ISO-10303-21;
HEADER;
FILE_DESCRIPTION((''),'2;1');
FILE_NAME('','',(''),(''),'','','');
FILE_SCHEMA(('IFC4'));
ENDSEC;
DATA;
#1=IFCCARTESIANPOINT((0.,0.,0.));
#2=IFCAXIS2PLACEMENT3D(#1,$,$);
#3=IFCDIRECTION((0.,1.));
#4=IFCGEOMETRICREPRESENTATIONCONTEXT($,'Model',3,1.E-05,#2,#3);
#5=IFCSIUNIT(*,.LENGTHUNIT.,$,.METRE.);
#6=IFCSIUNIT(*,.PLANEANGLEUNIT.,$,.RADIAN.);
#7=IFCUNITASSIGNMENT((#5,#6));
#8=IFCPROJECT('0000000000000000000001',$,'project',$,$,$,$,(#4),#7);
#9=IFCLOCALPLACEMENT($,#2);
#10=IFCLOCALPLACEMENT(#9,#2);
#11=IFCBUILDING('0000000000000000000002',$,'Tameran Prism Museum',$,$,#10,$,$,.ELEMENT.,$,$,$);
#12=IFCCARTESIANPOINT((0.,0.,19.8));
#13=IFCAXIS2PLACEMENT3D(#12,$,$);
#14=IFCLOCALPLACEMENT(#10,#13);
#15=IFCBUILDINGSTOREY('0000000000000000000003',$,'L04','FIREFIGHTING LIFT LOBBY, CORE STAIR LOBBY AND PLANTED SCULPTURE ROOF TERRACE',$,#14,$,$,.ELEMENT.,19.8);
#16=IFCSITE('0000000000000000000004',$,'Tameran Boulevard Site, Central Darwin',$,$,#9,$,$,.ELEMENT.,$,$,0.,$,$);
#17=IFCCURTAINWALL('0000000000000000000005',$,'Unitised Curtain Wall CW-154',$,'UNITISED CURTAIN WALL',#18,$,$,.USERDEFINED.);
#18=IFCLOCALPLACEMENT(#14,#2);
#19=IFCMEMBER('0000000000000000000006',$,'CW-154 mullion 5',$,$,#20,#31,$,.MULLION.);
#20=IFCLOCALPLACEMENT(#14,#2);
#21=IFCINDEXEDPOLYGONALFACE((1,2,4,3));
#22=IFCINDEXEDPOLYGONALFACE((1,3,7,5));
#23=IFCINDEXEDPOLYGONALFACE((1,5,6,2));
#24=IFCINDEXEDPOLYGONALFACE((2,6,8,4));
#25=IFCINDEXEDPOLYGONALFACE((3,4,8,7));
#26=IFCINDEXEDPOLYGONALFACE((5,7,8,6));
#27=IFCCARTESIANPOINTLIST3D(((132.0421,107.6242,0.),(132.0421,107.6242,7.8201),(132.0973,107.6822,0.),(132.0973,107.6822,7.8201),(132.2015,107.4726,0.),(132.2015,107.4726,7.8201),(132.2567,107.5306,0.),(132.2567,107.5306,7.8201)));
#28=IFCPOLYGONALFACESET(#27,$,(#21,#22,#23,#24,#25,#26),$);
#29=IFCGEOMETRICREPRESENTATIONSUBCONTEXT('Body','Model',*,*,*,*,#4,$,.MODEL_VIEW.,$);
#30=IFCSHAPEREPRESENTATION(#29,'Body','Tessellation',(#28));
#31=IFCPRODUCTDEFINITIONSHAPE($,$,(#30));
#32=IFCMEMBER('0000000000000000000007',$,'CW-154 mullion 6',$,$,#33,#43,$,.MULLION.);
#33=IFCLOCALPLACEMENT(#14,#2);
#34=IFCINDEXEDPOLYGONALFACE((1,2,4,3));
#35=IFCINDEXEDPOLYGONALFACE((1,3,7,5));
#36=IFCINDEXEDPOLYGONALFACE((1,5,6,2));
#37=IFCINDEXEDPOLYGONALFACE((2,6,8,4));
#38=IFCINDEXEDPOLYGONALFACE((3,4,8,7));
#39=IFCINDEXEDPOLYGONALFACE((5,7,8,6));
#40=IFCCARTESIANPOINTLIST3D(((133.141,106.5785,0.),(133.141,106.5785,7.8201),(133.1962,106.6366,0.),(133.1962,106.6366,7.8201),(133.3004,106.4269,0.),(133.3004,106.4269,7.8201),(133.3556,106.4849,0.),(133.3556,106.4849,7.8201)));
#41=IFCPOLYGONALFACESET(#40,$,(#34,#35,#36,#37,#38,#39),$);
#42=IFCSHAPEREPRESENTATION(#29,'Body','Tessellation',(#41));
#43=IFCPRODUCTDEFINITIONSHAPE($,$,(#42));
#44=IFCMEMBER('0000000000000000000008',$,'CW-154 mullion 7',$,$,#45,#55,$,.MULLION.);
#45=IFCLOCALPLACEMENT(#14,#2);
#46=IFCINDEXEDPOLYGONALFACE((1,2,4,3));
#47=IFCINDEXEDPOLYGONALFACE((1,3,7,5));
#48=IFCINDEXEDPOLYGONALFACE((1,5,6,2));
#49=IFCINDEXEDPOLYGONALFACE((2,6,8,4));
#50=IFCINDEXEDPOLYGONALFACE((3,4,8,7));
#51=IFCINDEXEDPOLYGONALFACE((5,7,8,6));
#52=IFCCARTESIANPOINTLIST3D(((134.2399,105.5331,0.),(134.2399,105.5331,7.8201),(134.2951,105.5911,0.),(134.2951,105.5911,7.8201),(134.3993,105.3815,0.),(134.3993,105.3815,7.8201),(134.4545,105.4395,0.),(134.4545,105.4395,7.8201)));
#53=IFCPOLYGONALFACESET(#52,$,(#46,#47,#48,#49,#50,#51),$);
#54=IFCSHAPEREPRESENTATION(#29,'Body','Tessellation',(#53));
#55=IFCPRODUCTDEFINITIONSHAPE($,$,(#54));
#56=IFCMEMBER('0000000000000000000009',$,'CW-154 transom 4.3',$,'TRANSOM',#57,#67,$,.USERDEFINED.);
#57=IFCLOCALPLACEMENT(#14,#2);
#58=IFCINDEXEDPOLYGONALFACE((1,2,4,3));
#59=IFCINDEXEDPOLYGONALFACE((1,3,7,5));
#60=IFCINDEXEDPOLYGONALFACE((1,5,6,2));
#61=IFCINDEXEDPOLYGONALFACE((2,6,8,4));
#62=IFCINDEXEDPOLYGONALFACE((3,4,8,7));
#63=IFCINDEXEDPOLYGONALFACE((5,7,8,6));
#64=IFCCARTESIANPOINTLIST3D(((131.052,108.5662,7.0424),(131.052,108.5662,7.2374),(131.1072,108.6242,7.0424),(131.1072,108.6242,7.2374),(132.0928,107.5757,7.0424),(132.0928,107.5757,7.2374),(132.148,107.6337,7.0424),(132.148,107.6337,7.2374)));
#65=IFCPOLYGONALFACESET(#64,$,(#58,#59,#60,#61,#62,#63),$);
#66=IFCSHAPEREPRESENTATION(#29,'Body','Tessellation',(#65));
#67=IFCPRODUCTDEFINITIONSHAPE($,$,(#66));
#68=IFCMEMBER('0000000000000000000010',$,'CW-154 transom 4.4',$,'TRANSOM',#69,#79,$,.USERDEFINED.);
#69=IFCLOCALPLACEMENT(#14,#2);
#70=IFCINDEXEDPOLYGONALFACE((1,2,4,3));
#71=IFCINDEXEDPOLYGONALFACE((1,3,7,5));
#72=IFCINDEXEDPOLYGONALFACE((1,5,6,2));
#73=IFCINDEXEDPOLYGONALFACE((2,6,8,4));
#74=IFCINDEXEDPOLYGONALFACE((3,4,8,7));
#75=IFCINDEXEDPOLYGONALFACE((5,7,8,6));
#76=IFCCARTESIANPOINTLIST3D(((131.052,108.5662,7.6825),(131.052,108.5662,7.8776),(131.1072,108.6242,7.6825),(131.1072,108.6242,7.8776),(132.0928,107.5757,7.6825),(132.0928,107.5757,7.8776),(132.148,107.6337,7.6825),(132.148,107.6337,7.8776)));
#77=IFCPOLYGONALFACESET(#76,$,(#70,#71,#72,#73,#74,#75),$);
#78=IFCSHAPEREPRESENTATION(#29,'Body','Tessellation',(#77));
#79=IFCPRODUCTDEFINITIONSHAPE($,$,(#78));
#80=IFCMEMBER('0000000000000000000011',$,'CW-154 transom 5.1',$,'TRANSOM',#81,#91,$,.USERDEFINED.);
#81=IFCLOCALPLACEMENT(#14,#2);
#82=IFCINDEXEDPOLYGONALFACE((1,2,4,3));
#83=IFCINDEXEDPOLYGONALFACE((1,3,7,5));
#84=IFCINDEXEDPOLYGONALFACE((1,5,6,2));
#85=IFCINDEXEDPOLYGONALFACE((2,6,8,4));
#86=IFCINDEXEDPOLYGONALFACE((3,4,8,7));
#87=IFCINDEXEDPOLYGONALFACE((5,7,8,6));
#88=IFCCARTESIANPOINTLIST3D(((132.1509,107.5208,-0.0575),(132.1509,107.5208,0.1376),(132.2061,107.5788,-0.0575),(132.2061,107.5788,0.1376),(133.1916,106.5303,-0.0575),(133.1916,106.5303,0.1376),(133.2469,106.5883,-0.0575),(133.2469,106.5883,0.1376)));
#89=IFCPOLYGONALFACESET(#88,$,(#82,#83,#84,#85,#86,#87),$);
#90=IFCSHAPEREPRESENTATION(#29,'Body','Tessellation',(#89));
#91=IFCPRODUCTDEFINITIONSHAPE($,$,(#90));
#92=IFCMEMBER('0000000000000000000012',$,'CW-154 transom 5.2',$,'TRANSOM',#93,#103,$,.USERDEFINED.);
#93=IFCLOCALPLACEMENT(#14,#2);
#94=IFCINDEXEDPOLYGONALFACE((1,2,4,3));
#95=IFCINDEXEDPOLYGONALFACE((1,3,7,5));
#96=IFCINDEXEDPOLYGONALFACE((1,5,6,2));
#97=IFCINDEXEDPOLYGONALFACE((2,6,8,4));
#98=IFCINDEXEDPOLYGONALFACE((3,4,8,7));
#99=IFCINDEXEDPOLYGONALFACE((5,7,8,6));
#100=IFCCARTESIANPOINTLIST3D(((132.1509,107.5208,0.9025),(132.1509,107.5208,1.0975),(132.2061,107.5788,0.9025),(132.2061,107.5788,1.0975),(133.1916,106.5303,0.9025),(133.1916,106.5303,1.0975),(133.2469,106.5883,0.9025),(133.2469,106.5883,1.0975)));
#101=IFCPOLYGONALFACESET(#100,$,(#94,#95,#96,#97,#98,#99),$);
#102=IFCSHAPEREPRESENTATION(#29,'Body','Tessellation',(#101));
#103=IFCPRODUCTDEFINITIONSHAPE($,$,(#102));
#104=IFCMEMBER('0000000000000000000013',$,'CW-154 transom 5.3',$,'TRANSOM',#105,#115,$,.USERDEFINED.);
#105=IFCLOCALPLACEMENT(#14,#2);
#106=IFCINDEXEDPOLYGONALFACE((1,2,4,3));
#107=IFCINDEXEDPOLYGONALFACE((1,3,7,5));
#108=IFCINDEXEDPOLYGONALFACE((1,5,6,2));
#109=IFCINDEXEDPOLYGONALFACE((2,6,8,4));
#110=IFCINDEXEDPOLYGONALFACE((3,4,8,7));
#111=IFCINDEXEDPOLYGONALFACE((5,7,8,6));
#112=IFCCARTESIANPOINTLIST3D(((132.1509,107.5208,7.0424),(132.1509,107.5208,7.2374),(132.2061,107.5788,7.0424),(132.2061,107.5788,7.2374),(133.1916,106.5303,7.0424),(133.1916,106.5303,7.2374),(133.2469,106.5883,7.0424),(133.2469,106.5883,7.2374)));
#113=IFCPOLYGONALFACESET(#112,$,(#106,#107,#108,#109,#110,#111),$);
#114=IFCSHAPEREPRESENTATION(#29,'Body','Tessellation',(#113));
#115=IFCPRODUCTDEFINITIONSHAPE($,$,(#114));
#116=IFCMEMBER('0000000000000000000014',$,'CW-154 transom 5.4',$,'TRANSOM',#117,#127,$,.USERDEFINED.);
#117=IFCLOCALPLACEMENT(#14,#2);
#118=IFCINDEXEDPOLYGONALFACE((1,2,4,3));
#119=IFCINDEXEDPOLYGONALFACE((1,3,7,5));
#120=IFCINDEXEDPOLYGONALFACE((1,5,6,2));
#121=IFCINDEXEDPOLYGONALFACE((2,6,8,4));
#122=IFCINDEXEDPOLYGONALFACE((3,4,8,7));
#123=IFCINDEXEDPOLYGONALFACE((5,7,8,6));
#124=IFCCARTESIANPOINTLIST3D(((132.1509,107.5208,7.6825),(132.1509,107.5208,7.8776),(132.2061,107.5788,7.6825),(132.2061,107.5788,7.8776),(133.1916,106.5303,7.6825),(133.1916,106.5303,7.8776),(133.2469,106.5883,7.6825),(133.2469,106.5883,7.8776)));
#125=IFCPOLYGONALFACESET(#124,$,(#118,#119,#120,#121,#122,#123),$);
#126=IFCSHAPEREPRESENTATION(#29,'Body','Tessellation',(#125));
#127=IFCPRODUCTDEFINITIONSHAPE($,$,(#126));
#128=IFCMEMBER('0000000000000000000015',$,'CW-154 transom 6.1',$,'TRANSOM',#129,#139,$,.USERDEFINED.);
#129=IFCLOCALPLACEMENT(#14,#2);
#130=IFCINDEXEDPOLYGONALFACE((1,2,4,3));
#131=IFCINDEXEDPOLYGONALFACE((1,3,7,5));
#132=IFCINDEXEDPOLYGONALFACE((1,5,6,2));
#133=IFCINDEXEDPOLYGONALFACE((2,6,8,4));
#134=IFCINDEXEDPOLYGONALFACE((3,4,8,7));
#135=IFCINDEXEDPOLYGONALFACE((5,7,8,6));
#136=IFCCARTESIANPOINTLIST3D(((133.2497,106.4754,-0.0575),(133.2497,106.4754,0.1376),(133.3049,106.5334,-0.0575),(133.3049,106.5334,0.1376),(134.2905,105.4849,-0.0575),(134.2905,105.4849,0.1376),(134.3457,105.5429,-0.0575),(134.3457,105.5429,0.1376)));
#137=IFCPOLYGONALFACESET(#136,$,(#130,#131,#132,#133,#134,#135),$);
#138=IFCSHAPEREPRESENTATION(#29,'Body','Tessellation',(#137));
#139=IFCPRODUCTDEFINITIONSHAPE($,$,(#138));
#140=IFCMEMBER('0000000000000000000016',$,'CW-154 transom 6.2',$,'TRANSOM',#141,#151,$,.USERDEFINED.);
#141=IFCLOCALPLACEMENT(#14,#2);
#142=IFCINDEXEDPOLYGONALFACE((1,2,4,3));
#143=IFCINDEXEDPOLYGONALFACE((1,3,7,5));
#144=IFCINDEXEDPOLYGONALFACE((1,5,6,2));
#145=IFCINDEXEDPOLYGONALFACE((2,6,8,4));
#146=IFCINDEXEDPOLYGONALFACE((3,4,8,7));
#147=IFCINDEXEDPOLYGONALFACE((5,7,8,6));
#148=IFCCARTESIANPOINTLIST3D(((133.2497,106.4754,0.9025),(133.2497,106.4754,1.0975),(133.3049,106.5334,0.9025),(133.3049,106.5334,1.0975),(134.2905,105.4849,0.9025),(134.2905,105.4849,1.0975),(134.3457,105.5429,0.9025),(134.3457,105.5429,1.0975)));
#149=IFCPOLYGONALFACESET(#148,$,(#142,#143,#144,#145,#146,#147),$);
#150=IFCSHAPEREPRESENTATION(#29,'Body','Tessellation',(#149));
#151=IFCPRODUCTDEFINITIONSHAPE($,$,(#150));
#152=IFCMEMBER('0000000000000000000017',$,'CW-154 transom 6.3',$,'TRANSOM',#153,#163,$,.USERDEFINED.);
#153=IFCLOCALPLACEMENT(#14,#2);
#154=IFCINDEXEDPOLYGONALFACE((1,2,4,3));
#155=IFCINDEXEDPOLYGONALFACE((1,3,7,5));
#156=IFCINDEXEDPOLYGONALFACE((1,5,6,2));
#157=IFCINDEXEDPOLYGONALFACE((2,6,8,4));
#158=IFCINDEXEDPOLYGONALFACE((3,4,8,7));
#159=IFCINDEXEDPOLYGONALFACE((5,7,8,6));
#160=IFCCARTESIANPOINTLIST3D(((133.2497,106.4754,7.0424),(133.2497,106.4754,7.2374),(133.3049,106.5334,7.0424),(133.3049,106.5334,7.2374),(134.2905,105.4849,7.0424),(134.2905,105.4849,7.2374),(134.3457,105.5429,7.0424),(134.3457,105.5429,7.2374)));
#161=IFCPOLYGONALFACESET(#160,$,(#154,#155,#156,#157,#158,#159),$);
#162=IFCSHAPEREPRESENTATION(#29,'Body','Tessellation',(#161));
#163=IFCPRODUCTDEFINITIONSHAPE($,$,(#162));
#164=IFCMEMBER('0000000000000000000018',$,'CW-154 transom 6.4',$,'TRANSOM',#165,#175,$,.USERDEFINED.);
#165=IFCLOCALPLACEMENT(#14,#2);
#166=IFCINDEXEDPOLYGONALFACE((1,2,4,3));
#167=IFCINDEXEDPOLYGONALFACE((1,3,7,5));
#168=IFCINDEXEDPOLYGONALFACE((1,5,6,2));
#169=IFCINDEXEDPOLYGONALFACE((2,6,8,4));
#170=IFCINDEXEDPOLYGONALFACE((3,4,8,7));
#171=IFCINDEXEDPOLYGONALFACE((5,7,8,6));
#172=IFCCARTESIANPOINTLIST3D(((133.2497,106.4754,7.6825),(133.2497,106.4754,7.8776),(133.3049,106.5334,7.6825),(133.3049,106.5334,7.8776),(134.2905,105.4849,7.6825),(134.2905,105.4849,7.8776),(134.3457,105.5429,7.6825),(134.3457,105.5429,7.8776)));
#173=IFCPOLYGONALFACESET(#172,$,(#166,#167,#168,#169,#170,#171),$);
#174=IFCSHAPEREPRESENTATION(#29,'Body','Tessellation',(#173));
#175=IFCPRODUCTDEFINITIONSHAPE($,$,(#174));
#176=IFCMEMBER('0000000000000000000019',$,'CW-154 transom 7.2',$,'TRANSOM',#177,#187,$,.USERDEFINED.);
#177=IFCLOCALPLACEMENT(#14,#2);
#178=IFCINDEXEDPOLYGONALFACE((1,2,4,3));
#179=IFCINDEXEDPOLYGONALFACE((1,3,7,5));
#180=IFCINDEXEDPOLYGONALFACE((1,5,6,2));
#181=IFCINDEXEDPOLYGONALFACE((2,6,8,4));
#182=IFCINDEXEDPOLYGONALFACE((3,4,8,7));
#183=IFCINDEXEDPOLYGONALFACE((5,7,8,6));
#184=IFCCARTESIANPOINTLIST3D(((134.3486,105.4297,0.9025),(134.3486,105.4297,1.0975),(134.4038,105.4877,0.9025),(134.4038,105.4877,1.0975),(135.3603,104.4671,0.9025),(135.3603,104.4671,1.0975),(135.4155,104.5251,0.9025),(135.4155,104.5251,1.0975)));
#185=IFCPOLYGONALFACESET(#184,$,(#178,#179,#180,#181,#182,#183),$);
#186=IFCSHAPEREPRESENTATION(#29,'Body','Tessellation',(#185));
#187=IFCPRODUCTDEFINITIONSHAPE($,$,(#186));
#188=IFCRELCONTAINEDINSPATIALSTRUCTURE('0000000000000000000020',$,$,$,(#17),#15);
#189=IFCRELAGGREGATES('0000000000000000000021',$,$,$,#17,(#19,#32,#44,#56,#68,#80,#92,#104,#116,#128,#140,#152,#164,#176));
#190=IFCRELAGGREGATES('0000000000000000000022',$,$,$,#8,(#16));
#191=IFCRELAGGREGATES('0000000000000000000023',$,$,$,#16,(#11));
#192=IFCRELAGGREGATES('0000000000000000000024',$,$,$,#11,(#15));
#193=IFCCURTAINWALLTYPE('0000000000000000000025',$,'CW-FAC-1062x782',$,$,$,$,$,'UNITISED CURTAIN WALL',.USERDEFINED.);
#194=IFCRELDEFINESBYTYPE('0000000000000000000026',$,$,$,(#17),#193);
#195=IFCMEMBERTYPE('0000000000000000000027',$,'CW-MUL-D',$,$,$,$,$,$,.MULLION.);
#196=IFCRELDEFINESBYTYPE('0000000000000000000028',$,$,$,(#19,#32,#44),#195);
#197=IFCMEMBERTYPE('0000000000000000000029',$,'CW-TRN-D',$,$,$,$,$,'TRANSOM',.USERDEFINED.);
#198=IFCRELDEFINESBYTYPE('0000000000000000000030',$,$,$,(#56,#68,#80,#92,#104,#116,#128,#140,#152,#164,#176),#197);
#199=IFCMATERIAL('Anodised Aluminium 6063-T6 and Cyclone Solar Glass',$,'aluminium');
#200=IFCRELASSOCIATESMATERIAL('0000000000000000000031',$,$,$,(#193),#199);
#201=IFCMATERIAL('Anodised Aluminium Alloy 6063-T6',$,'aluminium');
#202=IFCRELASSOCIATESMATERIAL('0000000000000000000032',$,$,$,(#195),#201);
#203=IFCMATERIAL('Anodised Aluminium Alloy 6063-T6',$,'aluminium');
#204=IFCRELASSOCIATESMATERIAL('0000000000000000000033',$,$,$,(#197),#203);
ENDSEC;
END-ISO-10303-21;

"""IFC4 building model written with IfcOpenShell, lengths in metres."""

from ifc_helpers import new_model, si_unit, direction, frame, origin, origin_2d, place, context, subcontext, project, spatial, rectangle, extrude, material, material_profile, profile_set, type_object, element, aggregate, save


model = new_model("IFC4")

# Units and contexts
model_context = context("Model", 3, precision=1e-05, world=origin(), true_north=direction((0.0, 1.0)))
body_context = subcontext(model_context, "Body", "Model", "MODEL_VIEW")
ifc_project = project(units=[si_unit("LENGTHUNIT", "METRE"), si_unit("PLANEANGLEUNIT", "RADIAN")], contexts=[model_context])

# Site, building, storey
site_placement = place(None, origin())
site = spatial("IfcSite", under=ifc_project, at=site_placement, Name="Tameran Boulevard Site, Central Darwin", CompositionType="ELEMENT", RefElevation=0.0)
building_placement = place(site_placement, origin())
building = spatial("IfcBuilding", under=site, at=building_placement, Name="Tameran Prism Museum", CompositionType="ELEMENT")
storey_placement = place(building_placement, frame((0.0, 0.0, 19.8)))
storey = spatial("IfcBuildingStorey", under=building, at=storey_placement, Name="L04", Description="FIREFIGHTING LIFT LOBBY, CORE STAIR LOBBY AND PLANTED SCULPTURE ROOF TERRACE", CompositionType="ELEMENT", Elevation=19.8)

# Curtain wall, members
ifc_material_1 = material(Name="Anodised Aluminium 6063-T6 and Cyclone Solar Glass", Category="aluminium")
curtain_wall_type = type_object("IfcCurtainWallType", Name="CW-FAC-1062x782", ElementType="UNITISED CURTAIN WALL", PredefinedType="USERDEFINED", material=ifc_material_1)
curtain_wall_placement = place(storey_placement, origin())
curtain_wall = element("IfcCurtainWall", 1, at=curtain_wall_placement, inside=storey, type_object=curtain_wall_type, Name="Unitised Curtain Wall CW-154", ObjectType="UNITISED CURTAIN WALL", PredefinedType="USERDEFINED")
ifc_material_2 = material(Name="Anodised Aluminium Alloy 6063-T6", Category="aluminium")
ifc_material_profile_1 = material_profile(ifc_material_2, rectangle(XDim=0.0801, YDim=0.22, at=origin_2d()))
ifc_profile_set_1 = profile_set([ifc_material_profile_1])
member_type_1 = type_object("IfcMemberType", Name="CW-MUL-D", PredefinedType="MULLION", material=ifc_profile_set_1)
member_1_placement = place(storey_placement, frame((132.1494, 107.5774, 0.0), z_axis=(0.0, 0.0, 1.0), x_axis=(0.689274, 0.724501, 0.0)))
member_1 = element("IfcMember", 2, at=member_1_placement, type_object=member_type_1, Name="CW-154 mullion 5", PredefinedType="MULLION", context=body_context, shape_type="SweptSolid", body=[
    extrude(rectangle(XDim=0.0801, YDim=0.22, at=origin_2d()), origin(), (0.0, 0.0, 1.0), 7.8201),
])
member_2_placement = place(storey_placement, frame((133.2483, 106.5317, 0.0), z_axis=(0.0, 0.0, 1.0), x_axis=(0.689274, 0.724501, 0.0)))
member_2 = element("IfcMember", 3, at=member_2_placement, type_object=member_type_1, Name="CW-154 mullion 6", PredefinedType="MULLION", context=body_context, shape_type="SweptSolid", body=[
    extrude(rectangle(XDim=0.0801, YDim=0.22, at=origin_2d()), origin(), (0.0, 0.0, 1.0), 7.8201),
])
member_3_placement = place(storey_placement, frame((134.3472, 105.4863, 0.0), z_axis=(0.0, 0.0, 1.0), x_axis=(0.689274, 0.724501, 0.0)))
member_3 = element("IfcMember", 4, at=member_3_placement, type_object=member_type_1, Name="CW-154 mullion 7", PredefinedType="MULLION", context=body_context, shape_type="SweptSolid", body=[
    extrude(rectangle(XDim=0.0801, YDim=0.22, at=origin_2d()), origin(), (0.0, 0.0, 1.0), 7.8201),
])
ifc_material_3 = material(Name="Anodised Aluminium Alloy 6063-T6", Category="aluminium")
ifc_material_profile_2 = material_profile(ifc_material_3, rectangle(XDim=0.0801, YDim=0.1951, at=origin_2d()))
ifc_profile_set_2 = profile_set([ifc_material_profile_2])
member_type_2 = type_object("IfcMemberType", Name="CW-TRN-D", ElementType="TRANSOM", PredefinedType="USERDEFINED", material=ifc_profile_set_2)
member_4_placement = place(storey_placement, frame((131.0796, 108.5952, 7.1399), z_axis=(0.724392, -0.689388, 0.0), x_axis=(0.689388, 0.724392, 0.0)))
member_4 = element("IfcMember", 5, at=member_4_placement, type_object=member_type_2, Name="CW-154 transom 4.3", ObjectType="TRANSOM", PredefinedType="USERDEFINED", context=body_context, shape_type="SweptSolid", body=[
    extrude(rectangle(XDim=0.0801, YDim=0.1951, at=origin_2d()), origin(), (0.0, 0.0, 1.0), 1.4368),
])
member_5_placement = place(storey_placement, frame((131.0796, 108.5952, 7.78), z_axis=(0.724392, -0.689388, 0.0), x_axis=(0.689388, 0.724392, 0.0)))
member_5 = element("IfcMember", 6, at=member_5_placement, type_object=member_type_2, Name="CW-154 transom 4.4", ObjectType="TRANSOM", PredefinedType="USERDEFINED", context=body_context, shape_type="SweptSolid", body=[
    extrude(rectangle(XDim=0.0801, YDim=0.1951, at=origin_2d()), origin(), (0.0, 0.0, 1.0), 1.4368),
])
member_6_placement = place(storey_placement, frame((132.1785, 107.5498, 0.04), z_axis=(0.724392, -0.689388, 0.0), x_axis=(0.689388, 0.724392, 0.0)))
member_6 = element("IfcMember", 7, at=member_6_placement, type_object=member_type_2, Name="CW-154 transom 5.1", ObjectType="TRANSOM", PredefinedType="USERDEFINED", context=body_context, shape_type="SweptSolid", body=[
    extrude(rectangle(XDim=0.0801, YDim=0.1951, at=origin_2d()), origin(), (0.0, 0.0, 1.0), 1.4368),
])
member_7_placement = place(storey_placement, frame((132.1785, 107.5498, 1.0), z_axis=(0.724392, -0.689388, 0.0), x_axis=(0.689388, 0.724392, 0.0)))
member_7 = element("IfcMember", 8, at=member_7_placement, type_object=member_type_2, Name="CW-154 transom 5.2", ObjectType="TRANSOM", PredefinedType="USERDEFINED", context=body_context, shape_type="SweptSolid", body=[
    extrude(rectangle(XDim=0.0801, YDim=0.1951, at=origin_2d()), origin(), (0.0, 0.0, 1.0), 1.4368),
])
member_8_placement = place(storey_placement, frame((132.1785, 107.5498, 7.1399), z_axis=(0.724392, -0.689388, 0.0), x_axis=(0.689388, 0.724392, 0.0)))
member_8 = element("IfcMember", 9, at=member_8_placement, type_object=member_type_2, Name="CW-154 transom 5.3", ObjectType="TRANSOM", PredefinedType="USERDEFINED", context=body_context, shape_type="SweptSolid", body=[
    extrude(rectangle(XDim=0.0801, YDim=0.1951, at=origin_2d()), origin(), (0.0, 0.0, 1.0), 1.4368),
])
member_9_placement = place(storey_placement, frame((132.1785, 107.5498, 7.78), z_axis=(0.724392, -0.689388, 0.0), x_axis=(0.689388, 0.724392, 0.0)))
member_9 = element("IfcMember", 10, at=member_9_placement, type_object=member_type_2, Name="CW-154 transom 5.4", ObjectType="TRANSOM", PredefinedType="USERDEFINED", context=body_context, shape_type="SweptSolid", body=[
    extrude(rectangle(XDim=0.0801, YDim=0.1951, at=origin_2d()), origin(), (0.0, 0.0, 1.0), 1.4368),
])
member_10_placement = place(storey_placement, frame((133.2773, 106.5044, 0.04), z_axis=(0.724392, -0.689388, 0.0), x_axis=(0.689388, 0.724392, 0.0)))
member_10 = element("IfcMember", 11, at=member_10_placement, type_object=member_type_2, Name="CW-154 transom 6.1", ObjectType="TRANSOM", PredefinedType="USERDEFINED", context=body_context, shape_type="SweptSolid", body=[
    extrude(rectangle(XDim=0.0801, YDim=0.1951, at=origin_2d()), origin(), (0.0, 0.0, 1.0), 1.4368),
])
member_11_placement = place(storey_placement, frame((133.2773, 106.5044, 1.0), z_axis=(0.724392, -0.689388, 0.0), x_axis=(0.689388, 0.724392, 0.0)))
member_11 = element("IfcMember", 12, at=member_11_placement, type_object=member_type_2, Name="CW-154 transom 6.2", ObjectType="TRANSOM", PredefinedType="USERDEFINED", context=body_context, shape_type="SweptSolid", body=[
    extrude(rectangle(XDim=0.0801, YDim=0.1951, at=origin_2d()), origin(), (0.0, 0.0, 1.0), 1.4368),
])
member_12_placement = place(storey_placement, frame((133.2773, 106.5044, 7.1399), z_axis=(0.724392, -0.689388, 0.0), x_axis=(0.689388, 0.724392, 0.0)))
member_12 = element("IfcMember", 13, at=member_12_placement, type_object=member_type_2, Name="CW-154 transom 6.3", ObjectType="TRANSOM", PredefinedType="USERDEFINED", context=body_context, shape_type="SweptSolid", body=[
    extrude(rectangle(XDim=0.0801, YDim=0.1951, at=origin_2d()), origin(), (0.0, 0.0, 1.0), 1.4368),
])
member_13_placement = place(storey_placement, frame((133.2773, 106.5044, 7.78), z_axis=(0.724392, -0.689388, 0.0), x_axis=(0.689388, 0.724392, 0.0)))
member_13 = element("IfcMember", 14, at=member_13_placement, type_object=member_type_2, Name="CW-154 transom 6.4", ObjectType="TRANSOM", PredefinedType="USERDEFINED", context=body_context, shape_type="SweptSolid", body=[
    extrude(rectangle(XDim=0.0801, YDim=0.1951, at=origin_2d()), origin(), (0.0, 0.0, 1.0), 1.4368),
])
member_14_placement = place(storey_placement, frame((134.3762, 105.4587, 1.0), z_axis=(0.724458, -0.689319, 0.0), x_axis=(0.689319, 0.724458, 0.0)))
member_14 = element("IfcMember", 15, at=member_14_placement, type_object=member_type_2, Name="CW-154 transom 7.2", ObjectType="TRANSOM", PredefinedType="USERDEFINED", context=body_context, shape_type="SweptSolid", body=[
    extrude(rectangle(XDim=0.0801, YDim=0.1951, at=origin_2d()), origin(), (0.0, 0.0, 1.0), 1.3965),
])
aggregate(curtain_wall, [member_1, member_2, member_3, member_4, member_5, member_6, member_7, member_8, member_9, member_10, member_11, member_12, member_13, member_14])

save(model, "model.ifc")
